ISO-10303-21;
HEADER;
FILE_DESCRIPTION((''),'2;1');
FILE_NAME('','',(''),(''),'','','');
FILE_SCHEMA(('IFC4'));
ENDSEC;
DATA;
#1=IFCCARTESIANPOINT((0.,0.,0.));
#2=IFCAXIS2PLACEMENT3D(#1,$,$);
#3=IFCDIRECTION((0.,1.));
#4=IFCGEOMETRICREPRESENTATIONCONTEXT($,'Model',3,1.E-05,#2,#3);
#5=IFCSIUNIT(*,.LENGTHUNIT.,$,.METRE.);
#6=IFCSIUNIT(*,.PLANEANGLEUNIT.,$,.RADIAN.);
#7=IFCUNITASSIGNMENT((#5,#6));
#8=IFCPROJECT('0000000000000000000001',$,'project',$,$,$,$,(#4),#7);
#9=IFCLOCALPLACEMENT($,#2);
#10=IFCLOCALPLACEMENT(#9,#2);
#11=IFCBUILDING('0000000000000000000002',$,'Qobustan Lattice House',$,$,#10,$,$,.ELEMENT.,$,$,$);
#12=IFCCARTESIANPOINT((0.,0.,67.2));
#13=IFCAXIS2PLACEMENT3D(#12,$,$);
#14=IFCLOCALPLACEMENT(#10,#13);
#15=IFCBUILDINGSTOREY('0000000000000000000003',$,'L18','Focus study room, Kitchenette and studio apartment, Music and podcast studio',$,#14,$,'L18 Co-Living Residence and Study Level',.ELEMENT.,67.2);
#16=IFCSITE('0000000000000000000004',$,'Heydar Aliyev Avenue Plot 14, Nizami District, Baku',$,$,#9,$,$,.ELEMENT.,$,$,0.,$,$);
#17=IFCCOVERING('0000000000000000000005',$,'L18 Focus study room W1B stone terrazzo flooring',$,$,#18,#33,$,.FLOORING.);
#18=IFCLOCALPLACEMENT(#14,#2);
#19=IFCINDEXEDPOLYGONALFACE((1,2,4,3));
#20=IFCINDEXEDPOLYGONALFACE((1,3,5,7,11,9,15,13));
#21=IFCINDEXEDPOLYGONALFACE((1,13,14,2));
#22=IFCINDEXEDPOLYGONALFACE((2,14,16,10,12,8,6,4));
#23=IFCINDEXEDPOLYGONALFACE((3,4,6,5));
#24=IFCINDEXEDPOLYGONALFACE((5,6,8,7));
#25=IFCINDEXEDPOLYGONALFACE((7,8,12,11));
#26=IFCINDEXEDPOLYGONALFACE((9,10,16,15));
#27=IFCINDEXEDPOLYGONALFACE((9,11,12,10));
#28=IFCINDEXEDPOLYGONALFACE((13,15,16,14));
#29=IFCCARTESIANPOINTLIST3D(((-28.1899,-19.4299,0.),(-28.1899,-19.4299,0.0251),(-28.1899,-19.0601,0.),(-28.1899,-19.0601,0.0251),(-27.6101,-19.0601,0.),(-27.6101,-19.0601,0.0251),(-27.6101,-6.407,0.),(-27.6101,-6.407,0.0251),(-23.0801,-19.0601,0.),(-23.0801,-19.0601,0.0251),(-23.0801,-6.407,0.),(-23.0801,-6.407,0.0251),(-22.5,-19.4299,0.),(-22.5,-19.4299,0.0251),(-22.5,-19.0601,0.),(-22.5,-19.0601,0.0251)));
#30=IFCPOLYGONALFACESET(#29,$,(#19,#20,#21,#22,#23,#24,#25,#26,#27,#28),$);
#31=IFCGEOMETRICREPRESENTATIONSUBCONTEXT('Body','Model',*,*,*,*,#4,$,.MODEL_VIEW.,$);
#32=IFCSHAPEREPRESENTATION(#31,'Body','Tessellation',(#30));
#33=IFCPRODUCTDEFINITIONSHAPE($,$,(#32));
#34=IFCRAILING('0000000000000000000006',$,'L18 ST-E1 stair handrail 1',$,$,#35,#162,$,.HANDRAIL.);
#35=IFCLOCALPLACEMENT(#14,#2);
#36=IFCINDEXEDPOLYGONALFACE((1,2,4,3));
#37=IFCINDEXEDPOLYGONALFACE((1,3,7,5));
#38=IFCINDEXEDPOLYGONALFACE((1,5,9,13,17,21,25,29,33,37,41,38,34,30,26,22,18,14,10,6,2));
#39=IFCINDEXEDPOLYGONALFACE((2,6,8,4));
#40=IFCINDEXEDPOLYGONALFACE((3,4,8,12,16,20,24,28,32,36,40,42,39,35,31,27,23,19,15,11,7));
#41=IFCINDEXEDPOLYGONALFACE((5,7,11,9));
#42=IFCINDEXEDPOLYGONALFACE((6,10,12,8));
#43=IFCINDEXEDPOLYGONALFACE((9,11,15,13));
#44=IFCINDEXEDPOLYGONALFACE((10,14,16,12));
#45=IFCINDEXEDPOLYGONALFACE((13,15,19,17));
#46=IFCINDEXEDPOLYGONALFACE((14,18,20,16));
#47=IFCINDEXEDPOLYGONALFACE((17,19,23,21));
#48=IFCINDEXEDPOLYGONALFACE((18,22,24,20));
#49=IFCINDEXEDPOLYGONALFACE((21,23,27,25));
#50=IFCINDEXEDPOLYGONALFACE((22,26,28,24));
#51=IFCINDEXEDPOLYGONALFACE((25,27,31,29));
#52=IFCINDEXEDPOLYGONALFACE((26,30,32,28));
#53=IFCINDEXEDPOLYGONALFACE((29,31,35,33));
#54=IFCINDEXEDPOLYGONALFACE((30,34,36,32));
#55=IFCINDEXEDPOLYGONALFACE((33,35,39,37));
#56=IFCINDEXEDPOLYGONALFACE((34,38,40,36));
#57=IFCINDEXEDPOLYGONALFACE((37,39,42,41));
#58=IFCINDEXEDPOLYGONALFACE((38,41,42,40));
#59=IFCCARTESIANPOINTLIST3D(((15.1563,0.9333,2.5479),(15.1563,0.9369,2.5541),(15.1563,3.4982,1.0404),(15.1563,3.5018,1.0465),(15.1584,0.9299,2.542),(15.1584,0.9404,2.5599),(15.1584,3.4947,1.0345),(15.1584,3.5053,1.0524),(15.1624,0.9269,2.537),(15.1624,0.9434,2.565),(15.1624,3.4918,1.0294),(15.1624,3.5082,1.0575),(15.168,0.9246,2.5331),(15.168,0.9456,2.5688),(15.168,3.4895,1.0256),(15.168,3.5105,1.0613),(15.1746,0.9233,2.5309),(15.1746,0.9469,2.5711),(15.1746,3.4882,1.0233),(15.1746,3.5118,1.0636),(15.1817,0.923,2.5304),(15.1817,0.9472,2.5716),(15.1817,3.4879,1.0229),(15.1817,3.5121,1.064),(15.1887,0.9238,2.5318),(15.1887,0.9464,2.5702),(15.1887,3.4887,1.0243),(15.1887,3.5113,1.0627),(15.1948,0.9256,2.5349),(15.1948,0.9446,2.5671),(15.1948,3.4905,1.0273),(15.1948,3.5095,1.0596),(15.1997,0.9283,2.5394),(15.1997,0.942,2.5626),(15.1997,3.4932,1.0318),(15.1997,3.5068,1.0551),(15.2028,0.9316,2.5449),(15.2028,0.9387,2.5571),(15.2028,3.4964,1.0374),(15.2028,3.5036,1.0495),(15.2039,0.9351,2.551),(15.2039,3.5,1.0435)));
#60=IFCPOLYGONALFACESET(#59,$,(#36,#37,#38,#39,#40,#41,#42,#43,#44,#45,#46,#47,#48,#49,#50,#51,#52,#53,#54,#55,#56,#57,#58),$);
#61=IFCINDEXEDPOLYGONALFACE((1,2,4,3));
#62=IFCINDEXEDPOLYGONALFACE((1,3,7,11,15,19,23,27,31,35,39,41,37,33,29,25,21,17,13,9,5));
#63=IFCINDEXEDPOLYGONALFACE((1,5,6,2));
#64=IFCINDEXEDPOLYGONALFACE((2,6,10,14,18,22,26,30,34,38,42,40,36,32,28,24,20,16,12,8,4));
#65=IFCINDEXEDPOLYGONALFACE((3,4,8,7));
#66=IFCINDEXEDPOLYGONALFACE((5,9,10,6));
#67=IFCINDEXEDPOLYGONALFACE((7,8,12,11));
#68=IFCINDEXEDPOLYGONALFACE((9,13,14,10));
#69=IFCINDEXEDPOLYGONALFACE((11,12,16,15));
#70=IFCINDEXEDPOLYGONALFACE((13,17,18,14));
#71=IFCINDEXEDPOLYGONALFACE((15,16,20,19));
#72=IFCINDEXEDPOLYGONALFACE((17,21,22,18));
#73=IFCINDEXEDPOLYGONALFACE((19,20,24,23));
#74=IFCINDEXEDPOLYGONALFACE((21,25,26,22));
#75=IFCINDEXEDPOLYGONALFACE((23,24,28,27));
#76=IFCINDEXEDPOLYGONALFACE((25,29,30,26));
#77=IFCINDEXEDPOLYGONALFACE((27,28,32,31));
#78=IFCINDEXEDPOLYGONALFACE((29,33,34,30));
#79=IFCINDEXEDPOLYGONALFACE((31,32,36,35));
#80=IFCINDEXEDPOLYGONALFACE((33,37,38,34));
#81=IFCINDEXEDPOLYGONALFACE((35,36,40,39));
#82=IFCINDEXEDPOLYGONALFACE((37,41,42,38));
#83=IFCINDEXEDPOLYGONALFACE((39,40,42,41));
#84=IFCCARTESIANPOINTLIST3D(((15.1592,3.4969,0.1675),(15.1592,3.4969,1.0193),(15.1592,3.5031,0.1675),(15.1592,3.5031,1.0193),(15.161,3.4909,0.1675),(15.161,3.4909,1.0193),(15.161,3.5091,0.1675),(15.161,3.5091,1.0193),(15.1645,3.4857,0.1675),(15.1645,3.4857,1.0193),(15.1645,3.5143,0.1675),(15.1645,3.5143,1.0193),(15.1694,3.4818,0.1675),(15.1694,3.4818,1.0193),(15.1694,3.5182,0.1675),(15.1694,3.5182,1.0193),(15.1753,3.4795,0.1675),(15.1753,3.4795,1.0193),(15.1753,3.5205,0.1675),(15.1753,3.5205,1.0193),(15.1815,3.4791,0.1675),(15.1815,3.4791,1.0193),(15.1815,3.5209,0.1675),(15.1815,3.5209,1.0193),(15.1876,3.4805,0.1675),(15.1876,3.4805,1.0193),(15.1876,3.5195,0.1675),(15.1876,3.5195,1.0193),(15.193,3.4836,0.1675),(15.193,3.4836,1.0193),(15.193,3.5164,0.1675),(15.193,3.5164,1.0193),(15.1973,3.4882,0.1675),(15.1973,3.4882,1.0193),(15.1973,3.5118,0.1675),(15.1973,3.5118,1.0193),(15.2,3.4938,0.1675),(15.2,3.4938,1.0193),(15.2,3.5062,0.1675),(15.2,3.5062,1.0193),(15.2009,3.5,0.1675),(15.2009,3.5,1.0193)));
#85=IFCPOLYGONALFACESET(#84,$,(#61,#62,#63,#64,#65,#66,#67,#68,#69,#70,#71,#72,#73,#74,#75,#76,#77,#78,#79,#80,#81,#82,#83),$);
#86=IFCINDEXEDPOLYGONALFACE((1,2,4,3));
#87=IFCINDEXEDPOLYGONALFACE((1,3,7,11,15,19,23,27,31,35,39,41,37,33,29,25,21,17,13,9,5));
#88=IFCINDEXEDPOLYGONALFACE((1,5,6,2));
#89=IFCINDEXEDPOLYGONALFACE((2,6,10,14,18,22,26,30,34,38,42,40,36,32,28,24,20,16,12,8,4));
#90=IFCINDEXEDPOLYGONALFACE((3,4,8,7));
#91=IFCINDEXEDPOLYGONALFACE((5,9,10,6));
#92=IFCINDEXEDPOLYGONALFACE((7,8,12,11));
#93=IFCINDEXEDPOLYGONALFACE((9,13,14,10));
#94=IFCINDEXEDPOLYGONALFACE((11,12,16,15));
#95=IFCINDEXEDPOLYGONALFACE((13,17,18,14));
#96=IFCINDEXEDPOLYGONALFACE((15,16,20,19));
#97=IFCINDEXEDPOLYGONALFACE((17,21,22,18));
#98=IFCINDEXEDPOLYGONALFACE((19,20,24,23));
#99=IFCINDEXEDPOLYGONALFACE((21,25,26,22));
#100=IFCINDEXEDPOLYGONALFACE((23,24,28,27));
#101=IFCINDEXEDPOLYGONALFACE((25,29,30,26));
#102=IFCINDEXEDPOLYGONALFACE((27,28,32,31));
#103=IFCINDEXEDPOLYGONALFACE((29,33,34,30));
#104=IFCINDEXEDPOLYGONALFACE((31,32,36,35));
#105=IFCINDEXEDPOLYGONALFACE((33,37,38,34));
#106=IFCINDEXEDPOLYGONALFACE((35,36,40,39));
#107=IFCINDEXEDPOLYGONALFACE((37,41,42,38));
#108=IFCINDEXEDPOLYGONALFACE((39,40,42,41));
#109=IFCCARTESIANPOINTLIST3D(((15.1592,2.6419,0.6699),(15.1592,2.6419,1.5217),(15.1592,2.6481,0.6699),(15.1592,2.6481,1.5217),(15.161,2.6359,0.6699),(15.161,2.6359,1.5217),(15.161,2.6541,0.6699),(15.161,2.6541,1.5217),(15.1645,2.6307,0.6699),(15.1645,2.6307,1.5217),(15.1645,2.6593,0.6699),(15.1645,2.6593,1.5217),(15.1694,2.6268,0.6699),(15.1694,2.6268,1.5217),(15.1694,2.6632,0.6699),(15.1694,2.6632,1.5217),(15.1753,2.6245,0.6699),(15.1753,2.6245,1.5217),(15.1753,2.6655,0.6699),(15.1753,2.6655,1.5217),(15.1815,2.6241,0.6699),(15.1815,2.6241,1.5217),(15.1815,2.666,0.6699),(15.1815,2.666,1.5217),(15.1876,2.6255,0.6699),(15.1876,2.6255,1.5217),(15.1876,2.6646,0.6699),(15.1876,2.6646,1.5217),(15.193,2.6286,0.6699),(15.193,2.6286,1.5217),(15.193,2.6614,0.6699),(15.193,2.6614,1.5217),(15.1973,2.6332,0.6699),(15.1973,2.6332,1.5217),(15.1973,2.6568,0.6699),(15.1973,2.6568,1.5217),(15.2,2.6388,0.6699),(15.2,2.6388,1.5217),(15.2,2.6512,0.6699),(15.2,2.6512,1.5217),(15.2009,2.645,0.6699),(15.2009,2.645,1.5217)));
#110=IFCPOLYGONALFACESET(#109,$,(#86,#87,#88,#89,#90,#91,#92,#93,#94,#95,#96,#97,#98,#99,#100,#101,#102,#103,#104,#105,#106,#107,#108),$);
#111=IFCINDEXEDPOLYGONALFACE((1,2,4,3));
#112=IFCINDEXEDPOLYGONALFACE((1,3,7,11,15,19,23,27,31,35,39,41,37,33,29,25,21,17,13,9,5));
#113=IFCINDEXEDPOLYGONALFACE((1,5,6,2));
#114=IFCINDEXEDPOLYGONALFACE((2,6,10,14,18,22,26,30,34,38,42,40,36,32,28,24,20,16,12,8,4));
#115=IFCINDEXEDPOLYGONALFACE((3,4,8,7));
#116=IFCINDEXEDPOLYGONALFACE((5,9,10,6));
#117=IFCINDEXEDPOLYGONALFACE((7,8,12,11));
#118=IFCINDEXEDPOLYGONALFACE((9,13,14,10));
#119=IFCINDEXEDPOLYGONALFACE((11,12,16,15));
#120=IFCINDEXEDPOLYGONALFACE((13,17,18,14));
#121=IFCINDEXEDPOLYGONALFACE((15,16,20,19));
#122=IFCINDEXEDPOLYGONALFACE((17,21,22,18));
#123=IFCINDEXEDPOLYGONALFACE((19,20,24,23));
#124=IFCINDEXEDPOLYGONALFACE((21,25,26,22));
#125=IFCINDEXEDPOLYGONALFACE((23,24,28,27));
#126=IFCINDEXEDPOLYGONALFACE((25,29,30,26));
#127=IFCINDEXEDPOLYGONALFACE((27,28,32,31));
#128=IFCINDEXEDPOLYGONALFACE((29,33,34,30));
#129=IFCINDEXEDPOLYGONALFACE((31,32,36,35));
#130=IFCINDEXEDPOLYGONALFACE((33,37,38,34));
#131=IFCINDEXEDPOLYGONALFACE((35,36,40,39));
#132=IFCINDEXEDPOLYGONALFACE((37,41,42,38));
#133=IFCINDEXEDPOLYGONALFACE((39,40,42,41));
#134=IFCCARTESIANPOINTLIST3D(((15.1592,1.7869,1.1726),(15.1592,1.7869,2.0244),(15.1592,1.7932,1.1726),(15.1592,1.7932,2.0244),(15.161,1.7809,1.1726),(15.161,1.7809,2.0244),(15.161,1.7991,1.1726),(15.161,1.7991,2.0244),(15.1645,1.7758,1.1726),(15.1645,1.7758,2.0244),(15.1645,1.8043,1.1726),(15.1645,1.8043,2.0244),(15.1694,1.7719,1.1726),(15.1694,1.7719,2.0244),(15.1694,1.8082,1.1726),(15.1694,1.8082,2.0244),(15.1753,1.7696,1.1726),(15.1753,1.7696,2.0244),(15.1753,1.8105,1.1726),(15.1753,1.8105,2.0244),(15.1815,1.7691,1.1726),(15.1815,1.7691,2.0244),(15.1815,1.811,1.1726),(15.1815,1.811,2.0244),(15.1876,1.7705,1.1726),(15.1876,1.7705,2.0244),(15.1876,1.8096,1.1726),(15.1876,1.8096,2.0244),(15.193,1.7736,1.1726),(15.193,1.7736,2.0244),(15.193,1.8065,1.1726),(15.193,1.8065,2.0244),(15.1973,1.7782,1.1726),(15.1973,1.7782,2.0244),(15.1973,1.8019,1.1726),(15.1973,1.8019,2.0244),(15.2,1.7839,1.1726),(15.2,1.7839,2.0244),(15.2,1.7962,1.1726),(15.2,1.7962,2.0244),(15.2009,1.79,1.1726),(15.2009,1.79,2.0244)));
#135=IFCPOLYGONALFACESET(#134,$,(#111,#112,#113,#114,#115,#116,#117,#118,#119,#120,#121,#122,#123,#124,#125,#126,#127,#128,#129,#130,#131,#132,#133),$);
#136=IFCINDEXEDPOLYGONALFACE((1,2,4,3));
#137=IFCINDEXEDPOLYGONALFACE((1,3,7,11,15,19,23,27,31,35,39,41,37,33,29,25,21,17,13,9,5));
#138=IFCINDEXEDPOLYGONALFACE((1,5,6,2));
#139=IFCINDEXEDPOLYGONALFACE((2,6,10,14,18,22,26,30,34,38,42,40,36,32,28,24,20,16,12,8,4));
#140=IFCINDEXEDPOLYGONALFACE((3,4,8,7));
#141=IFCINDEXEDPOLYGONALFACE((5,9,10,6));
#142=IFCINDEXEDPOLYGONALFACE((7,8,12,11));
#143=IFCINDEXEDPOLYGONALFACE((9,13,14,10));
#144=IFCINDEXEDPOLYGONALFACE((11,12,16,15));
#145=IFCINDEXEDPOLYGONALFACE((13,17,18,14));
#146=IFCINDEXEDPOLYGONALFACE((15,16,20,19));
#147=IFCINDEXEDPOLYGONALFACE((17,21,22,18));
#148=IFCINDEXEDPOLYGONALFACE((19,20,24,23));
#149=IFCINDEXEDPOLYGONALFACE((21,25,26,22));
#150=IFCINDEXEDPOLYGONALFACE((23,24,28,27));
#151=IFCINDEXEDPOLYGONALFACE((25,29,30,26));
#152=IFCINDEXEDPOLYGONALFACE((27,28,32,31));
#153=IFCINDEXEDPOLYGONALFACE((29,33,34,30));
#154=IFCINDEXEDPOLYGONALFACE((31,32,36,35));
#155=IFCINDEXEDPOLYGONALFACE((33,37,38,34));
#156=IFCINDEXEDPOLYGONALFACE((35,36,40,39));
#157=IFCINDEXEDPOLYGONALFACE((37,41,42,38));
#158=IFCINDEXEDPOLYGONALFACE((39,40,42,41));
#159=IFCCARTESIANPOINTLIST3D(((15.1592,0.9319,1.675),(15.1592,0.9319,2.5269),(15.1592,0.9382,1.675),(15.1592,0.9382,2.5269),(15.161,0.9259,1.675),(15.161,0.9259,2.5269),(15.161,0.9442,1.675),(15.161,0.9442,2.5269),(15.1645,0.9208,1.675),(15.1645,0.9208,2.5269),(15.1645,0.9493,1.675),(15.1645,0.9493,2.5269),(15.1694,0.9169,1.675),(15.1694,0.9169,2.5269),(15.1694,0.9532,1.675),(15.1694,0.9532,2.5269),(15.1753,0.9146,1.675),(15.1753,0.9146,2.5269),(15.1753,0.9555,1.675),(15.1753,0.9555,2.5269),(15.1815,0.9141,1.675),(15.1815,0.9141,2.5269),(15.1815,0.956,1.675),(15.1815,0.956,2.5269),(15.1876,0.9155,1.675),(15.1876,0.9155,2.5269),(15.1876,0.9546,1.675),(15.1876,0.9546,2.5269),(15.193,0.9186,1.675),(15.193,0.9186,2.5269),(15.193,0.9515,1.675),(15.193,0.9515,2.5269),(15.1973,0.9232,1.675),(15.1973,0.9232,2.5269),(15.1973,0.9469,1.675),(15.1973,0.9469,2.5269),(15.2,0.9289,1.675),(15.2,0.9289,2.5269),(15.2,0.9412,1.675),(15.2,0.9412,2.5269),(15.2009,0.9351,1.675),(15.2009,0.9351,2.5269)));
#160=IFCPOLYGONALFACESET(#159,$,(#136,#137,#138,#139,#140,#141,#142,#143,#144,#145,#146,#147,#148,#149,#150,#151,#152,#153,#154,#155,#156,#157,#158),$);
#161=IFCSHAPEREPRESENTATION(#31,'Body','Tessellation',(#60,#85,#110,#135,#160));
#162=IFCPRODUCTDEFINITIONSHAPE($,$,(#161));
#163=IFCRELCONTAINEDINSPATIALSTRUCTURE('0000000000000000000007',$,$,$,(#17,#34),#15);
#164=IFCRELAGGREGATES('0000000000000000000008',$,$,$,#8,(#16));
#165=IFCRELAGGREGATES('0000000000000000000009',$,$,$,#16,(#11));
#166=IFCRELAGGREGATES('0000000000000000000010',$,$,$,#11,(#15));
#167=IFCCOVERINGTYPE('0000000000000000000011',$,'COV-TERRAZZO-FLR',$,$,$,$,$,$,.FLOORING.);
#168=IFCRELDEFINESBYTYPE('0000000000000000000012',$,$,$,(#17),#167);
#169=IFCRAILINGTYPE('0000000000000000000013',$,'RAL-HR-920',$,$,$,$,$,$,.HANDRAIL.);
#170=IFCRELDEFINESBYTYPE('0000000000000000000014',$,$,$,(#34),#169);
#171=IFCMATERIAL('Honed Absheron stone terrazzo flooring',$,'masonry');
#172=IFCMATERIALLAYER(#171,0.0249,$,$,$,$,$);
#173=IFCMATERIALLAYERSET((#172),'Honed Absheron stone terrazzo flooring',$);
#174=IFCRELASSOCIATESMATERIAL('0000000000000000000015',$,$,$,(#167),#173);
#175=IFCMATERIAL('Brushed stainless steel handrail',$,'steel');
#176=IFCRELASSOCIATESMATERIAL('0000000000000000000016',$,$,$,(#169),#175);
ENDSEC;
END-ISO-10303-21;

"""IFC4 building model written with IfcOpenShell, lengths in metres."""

from ifc_helpers import new_model, si_unit, direction, frame, origin, origin_2d, place, context, subcontext, project, spatial, polyline, circle, outline, extrude, material, layer, layer_set, type_object, element, save


model = new_model("IFC4")

# Units and contexts
model_context = context("Model", 3, precision=1e-05, world=origin(), true_north=direction((0.0, 1.0)))
body_context = subcontext(model_context, "Body", "Model", "MODEL_VIEW")
ifc_project = project(units=[si_unit("LENGTHUNIT", "METRE"), si_unit("PLANEANGLEUNIT", "RADIAN")], contexts=[model_context])

# Site, building, storey
site_placement = place(None, origin())
site = spatial("IfcSite", under=ifc_project, at=site_placement, Name="Heydar Aliyev Avenue Plot 14, Nizami District, Baku", CompositionType="ELEMENT", RefElevation=0.0)
building_placement = place(site_placement, origin())
building = spatial("IfcBuilding", under=site, at=building_placement, Name="Qobustan Lattice House", CompositionType="ELEMENT")
storey_placement = place(building_placement, frame((0.0, 0.0, 67.2)))
storey = spatial("IfcBuildingStorey", under=building, at=storey_placement, Name="L18", Description="Focus study room, Kitchenette and studio apartment, Music and podcast studio", LongName="L18 Co-Living Residence and Study Level", CompositionType="ELEMENT", Elevation=67.2)

# Covering
ifc_material_1 = material(Name="Honed Absheron stone terrazzo flooring", Category="masonry")
ifc_layer_1 = layer(ifc_material_1, 0.0249)
ifc_layer_set_1 = layer_set([ifc_layer_1], Name="Honed Absheron stone terrazzo flooring")
covering_type_1 = type_object("IfcCoveringType", Name="COV-TERRAZZO-FLR", PredefinedType="FLOORING", material=ifc_layer_set_1)
covering_1_placement = place(storey_placement, origin())
element("IfcCovering", 1, at=covering_1_placement, inside=storey, type_object=covering_type_1, Name="L18 Focus study room W1B stone terrazzo flooring", PredefinedType="FLOORING", context=body_context, shape_type="SweptSolid", body=[
    extrude(outline(polyline([(-22.5, -19.4299), (-22.5, -19.0601), (-23.0801, -19.0601), (-23.0801, -6.407), (-27.6101, -6.407), (-27.6101, -19.0601), (-28.1899, -19.0601), (-28.1899, -19.4299), (-22.5, -19.4299)])), origin(), (0.0, 0.0, 1.0), 0.0251),
])

# Railing
ifc_material_2 = material(Name="Brushed stainless steel handrail", Category="steel")
railing_type_1 = type_object("IfcRailingType", Name="RAL-HR-920", PredefinedType="HANDRAIL", material=ifc_material_2)
railing_1_placement = place(storey_placement, frame((15.1799, 3.5, 0.1675)))
element("IfcRailing", 2, at=railing_1_placement, inside=storey, type_object=railing_type_1, Name="L18 ST-E1 stair handrail 1", PredefinedType="HANDRAIL", context=body_context, shape_type="SweptSolid", body=[
    extrude(circle(Radius=0.0239, at=origin_2d()), frame((0.0, 0.0, 0.876), z_axis=(0.0, -0.862113, 0.506715), x_axis=(1.0, 0.0, 0.0)), (0.0, 0.0, 1.0), 2.9751),
    extrude(circle(Radius=0.021, at=origin_2d()), origin(), (0.0, 0.0, 1.0), 0.8518),
    extrude(circle(Radius=0.021, at=origin_2d()), frame((0.0, -0.855, 0.5024)), (0.0, 0.0, 1.0), 0.8518),
    extrude(circle(Radius=0.021, at=origin_2d()), frame((0.0, -1.71, 1.0051)), (0.0, 0.0, 1.0), 0.8518),
    extrude(circle(Radius=0.021, at=origin_2d()), frame((0.0, -2.5649, 1.5076)), (0.0, 0.0, 1.0), 0.8518),
])

save(model, "model.ifc")
